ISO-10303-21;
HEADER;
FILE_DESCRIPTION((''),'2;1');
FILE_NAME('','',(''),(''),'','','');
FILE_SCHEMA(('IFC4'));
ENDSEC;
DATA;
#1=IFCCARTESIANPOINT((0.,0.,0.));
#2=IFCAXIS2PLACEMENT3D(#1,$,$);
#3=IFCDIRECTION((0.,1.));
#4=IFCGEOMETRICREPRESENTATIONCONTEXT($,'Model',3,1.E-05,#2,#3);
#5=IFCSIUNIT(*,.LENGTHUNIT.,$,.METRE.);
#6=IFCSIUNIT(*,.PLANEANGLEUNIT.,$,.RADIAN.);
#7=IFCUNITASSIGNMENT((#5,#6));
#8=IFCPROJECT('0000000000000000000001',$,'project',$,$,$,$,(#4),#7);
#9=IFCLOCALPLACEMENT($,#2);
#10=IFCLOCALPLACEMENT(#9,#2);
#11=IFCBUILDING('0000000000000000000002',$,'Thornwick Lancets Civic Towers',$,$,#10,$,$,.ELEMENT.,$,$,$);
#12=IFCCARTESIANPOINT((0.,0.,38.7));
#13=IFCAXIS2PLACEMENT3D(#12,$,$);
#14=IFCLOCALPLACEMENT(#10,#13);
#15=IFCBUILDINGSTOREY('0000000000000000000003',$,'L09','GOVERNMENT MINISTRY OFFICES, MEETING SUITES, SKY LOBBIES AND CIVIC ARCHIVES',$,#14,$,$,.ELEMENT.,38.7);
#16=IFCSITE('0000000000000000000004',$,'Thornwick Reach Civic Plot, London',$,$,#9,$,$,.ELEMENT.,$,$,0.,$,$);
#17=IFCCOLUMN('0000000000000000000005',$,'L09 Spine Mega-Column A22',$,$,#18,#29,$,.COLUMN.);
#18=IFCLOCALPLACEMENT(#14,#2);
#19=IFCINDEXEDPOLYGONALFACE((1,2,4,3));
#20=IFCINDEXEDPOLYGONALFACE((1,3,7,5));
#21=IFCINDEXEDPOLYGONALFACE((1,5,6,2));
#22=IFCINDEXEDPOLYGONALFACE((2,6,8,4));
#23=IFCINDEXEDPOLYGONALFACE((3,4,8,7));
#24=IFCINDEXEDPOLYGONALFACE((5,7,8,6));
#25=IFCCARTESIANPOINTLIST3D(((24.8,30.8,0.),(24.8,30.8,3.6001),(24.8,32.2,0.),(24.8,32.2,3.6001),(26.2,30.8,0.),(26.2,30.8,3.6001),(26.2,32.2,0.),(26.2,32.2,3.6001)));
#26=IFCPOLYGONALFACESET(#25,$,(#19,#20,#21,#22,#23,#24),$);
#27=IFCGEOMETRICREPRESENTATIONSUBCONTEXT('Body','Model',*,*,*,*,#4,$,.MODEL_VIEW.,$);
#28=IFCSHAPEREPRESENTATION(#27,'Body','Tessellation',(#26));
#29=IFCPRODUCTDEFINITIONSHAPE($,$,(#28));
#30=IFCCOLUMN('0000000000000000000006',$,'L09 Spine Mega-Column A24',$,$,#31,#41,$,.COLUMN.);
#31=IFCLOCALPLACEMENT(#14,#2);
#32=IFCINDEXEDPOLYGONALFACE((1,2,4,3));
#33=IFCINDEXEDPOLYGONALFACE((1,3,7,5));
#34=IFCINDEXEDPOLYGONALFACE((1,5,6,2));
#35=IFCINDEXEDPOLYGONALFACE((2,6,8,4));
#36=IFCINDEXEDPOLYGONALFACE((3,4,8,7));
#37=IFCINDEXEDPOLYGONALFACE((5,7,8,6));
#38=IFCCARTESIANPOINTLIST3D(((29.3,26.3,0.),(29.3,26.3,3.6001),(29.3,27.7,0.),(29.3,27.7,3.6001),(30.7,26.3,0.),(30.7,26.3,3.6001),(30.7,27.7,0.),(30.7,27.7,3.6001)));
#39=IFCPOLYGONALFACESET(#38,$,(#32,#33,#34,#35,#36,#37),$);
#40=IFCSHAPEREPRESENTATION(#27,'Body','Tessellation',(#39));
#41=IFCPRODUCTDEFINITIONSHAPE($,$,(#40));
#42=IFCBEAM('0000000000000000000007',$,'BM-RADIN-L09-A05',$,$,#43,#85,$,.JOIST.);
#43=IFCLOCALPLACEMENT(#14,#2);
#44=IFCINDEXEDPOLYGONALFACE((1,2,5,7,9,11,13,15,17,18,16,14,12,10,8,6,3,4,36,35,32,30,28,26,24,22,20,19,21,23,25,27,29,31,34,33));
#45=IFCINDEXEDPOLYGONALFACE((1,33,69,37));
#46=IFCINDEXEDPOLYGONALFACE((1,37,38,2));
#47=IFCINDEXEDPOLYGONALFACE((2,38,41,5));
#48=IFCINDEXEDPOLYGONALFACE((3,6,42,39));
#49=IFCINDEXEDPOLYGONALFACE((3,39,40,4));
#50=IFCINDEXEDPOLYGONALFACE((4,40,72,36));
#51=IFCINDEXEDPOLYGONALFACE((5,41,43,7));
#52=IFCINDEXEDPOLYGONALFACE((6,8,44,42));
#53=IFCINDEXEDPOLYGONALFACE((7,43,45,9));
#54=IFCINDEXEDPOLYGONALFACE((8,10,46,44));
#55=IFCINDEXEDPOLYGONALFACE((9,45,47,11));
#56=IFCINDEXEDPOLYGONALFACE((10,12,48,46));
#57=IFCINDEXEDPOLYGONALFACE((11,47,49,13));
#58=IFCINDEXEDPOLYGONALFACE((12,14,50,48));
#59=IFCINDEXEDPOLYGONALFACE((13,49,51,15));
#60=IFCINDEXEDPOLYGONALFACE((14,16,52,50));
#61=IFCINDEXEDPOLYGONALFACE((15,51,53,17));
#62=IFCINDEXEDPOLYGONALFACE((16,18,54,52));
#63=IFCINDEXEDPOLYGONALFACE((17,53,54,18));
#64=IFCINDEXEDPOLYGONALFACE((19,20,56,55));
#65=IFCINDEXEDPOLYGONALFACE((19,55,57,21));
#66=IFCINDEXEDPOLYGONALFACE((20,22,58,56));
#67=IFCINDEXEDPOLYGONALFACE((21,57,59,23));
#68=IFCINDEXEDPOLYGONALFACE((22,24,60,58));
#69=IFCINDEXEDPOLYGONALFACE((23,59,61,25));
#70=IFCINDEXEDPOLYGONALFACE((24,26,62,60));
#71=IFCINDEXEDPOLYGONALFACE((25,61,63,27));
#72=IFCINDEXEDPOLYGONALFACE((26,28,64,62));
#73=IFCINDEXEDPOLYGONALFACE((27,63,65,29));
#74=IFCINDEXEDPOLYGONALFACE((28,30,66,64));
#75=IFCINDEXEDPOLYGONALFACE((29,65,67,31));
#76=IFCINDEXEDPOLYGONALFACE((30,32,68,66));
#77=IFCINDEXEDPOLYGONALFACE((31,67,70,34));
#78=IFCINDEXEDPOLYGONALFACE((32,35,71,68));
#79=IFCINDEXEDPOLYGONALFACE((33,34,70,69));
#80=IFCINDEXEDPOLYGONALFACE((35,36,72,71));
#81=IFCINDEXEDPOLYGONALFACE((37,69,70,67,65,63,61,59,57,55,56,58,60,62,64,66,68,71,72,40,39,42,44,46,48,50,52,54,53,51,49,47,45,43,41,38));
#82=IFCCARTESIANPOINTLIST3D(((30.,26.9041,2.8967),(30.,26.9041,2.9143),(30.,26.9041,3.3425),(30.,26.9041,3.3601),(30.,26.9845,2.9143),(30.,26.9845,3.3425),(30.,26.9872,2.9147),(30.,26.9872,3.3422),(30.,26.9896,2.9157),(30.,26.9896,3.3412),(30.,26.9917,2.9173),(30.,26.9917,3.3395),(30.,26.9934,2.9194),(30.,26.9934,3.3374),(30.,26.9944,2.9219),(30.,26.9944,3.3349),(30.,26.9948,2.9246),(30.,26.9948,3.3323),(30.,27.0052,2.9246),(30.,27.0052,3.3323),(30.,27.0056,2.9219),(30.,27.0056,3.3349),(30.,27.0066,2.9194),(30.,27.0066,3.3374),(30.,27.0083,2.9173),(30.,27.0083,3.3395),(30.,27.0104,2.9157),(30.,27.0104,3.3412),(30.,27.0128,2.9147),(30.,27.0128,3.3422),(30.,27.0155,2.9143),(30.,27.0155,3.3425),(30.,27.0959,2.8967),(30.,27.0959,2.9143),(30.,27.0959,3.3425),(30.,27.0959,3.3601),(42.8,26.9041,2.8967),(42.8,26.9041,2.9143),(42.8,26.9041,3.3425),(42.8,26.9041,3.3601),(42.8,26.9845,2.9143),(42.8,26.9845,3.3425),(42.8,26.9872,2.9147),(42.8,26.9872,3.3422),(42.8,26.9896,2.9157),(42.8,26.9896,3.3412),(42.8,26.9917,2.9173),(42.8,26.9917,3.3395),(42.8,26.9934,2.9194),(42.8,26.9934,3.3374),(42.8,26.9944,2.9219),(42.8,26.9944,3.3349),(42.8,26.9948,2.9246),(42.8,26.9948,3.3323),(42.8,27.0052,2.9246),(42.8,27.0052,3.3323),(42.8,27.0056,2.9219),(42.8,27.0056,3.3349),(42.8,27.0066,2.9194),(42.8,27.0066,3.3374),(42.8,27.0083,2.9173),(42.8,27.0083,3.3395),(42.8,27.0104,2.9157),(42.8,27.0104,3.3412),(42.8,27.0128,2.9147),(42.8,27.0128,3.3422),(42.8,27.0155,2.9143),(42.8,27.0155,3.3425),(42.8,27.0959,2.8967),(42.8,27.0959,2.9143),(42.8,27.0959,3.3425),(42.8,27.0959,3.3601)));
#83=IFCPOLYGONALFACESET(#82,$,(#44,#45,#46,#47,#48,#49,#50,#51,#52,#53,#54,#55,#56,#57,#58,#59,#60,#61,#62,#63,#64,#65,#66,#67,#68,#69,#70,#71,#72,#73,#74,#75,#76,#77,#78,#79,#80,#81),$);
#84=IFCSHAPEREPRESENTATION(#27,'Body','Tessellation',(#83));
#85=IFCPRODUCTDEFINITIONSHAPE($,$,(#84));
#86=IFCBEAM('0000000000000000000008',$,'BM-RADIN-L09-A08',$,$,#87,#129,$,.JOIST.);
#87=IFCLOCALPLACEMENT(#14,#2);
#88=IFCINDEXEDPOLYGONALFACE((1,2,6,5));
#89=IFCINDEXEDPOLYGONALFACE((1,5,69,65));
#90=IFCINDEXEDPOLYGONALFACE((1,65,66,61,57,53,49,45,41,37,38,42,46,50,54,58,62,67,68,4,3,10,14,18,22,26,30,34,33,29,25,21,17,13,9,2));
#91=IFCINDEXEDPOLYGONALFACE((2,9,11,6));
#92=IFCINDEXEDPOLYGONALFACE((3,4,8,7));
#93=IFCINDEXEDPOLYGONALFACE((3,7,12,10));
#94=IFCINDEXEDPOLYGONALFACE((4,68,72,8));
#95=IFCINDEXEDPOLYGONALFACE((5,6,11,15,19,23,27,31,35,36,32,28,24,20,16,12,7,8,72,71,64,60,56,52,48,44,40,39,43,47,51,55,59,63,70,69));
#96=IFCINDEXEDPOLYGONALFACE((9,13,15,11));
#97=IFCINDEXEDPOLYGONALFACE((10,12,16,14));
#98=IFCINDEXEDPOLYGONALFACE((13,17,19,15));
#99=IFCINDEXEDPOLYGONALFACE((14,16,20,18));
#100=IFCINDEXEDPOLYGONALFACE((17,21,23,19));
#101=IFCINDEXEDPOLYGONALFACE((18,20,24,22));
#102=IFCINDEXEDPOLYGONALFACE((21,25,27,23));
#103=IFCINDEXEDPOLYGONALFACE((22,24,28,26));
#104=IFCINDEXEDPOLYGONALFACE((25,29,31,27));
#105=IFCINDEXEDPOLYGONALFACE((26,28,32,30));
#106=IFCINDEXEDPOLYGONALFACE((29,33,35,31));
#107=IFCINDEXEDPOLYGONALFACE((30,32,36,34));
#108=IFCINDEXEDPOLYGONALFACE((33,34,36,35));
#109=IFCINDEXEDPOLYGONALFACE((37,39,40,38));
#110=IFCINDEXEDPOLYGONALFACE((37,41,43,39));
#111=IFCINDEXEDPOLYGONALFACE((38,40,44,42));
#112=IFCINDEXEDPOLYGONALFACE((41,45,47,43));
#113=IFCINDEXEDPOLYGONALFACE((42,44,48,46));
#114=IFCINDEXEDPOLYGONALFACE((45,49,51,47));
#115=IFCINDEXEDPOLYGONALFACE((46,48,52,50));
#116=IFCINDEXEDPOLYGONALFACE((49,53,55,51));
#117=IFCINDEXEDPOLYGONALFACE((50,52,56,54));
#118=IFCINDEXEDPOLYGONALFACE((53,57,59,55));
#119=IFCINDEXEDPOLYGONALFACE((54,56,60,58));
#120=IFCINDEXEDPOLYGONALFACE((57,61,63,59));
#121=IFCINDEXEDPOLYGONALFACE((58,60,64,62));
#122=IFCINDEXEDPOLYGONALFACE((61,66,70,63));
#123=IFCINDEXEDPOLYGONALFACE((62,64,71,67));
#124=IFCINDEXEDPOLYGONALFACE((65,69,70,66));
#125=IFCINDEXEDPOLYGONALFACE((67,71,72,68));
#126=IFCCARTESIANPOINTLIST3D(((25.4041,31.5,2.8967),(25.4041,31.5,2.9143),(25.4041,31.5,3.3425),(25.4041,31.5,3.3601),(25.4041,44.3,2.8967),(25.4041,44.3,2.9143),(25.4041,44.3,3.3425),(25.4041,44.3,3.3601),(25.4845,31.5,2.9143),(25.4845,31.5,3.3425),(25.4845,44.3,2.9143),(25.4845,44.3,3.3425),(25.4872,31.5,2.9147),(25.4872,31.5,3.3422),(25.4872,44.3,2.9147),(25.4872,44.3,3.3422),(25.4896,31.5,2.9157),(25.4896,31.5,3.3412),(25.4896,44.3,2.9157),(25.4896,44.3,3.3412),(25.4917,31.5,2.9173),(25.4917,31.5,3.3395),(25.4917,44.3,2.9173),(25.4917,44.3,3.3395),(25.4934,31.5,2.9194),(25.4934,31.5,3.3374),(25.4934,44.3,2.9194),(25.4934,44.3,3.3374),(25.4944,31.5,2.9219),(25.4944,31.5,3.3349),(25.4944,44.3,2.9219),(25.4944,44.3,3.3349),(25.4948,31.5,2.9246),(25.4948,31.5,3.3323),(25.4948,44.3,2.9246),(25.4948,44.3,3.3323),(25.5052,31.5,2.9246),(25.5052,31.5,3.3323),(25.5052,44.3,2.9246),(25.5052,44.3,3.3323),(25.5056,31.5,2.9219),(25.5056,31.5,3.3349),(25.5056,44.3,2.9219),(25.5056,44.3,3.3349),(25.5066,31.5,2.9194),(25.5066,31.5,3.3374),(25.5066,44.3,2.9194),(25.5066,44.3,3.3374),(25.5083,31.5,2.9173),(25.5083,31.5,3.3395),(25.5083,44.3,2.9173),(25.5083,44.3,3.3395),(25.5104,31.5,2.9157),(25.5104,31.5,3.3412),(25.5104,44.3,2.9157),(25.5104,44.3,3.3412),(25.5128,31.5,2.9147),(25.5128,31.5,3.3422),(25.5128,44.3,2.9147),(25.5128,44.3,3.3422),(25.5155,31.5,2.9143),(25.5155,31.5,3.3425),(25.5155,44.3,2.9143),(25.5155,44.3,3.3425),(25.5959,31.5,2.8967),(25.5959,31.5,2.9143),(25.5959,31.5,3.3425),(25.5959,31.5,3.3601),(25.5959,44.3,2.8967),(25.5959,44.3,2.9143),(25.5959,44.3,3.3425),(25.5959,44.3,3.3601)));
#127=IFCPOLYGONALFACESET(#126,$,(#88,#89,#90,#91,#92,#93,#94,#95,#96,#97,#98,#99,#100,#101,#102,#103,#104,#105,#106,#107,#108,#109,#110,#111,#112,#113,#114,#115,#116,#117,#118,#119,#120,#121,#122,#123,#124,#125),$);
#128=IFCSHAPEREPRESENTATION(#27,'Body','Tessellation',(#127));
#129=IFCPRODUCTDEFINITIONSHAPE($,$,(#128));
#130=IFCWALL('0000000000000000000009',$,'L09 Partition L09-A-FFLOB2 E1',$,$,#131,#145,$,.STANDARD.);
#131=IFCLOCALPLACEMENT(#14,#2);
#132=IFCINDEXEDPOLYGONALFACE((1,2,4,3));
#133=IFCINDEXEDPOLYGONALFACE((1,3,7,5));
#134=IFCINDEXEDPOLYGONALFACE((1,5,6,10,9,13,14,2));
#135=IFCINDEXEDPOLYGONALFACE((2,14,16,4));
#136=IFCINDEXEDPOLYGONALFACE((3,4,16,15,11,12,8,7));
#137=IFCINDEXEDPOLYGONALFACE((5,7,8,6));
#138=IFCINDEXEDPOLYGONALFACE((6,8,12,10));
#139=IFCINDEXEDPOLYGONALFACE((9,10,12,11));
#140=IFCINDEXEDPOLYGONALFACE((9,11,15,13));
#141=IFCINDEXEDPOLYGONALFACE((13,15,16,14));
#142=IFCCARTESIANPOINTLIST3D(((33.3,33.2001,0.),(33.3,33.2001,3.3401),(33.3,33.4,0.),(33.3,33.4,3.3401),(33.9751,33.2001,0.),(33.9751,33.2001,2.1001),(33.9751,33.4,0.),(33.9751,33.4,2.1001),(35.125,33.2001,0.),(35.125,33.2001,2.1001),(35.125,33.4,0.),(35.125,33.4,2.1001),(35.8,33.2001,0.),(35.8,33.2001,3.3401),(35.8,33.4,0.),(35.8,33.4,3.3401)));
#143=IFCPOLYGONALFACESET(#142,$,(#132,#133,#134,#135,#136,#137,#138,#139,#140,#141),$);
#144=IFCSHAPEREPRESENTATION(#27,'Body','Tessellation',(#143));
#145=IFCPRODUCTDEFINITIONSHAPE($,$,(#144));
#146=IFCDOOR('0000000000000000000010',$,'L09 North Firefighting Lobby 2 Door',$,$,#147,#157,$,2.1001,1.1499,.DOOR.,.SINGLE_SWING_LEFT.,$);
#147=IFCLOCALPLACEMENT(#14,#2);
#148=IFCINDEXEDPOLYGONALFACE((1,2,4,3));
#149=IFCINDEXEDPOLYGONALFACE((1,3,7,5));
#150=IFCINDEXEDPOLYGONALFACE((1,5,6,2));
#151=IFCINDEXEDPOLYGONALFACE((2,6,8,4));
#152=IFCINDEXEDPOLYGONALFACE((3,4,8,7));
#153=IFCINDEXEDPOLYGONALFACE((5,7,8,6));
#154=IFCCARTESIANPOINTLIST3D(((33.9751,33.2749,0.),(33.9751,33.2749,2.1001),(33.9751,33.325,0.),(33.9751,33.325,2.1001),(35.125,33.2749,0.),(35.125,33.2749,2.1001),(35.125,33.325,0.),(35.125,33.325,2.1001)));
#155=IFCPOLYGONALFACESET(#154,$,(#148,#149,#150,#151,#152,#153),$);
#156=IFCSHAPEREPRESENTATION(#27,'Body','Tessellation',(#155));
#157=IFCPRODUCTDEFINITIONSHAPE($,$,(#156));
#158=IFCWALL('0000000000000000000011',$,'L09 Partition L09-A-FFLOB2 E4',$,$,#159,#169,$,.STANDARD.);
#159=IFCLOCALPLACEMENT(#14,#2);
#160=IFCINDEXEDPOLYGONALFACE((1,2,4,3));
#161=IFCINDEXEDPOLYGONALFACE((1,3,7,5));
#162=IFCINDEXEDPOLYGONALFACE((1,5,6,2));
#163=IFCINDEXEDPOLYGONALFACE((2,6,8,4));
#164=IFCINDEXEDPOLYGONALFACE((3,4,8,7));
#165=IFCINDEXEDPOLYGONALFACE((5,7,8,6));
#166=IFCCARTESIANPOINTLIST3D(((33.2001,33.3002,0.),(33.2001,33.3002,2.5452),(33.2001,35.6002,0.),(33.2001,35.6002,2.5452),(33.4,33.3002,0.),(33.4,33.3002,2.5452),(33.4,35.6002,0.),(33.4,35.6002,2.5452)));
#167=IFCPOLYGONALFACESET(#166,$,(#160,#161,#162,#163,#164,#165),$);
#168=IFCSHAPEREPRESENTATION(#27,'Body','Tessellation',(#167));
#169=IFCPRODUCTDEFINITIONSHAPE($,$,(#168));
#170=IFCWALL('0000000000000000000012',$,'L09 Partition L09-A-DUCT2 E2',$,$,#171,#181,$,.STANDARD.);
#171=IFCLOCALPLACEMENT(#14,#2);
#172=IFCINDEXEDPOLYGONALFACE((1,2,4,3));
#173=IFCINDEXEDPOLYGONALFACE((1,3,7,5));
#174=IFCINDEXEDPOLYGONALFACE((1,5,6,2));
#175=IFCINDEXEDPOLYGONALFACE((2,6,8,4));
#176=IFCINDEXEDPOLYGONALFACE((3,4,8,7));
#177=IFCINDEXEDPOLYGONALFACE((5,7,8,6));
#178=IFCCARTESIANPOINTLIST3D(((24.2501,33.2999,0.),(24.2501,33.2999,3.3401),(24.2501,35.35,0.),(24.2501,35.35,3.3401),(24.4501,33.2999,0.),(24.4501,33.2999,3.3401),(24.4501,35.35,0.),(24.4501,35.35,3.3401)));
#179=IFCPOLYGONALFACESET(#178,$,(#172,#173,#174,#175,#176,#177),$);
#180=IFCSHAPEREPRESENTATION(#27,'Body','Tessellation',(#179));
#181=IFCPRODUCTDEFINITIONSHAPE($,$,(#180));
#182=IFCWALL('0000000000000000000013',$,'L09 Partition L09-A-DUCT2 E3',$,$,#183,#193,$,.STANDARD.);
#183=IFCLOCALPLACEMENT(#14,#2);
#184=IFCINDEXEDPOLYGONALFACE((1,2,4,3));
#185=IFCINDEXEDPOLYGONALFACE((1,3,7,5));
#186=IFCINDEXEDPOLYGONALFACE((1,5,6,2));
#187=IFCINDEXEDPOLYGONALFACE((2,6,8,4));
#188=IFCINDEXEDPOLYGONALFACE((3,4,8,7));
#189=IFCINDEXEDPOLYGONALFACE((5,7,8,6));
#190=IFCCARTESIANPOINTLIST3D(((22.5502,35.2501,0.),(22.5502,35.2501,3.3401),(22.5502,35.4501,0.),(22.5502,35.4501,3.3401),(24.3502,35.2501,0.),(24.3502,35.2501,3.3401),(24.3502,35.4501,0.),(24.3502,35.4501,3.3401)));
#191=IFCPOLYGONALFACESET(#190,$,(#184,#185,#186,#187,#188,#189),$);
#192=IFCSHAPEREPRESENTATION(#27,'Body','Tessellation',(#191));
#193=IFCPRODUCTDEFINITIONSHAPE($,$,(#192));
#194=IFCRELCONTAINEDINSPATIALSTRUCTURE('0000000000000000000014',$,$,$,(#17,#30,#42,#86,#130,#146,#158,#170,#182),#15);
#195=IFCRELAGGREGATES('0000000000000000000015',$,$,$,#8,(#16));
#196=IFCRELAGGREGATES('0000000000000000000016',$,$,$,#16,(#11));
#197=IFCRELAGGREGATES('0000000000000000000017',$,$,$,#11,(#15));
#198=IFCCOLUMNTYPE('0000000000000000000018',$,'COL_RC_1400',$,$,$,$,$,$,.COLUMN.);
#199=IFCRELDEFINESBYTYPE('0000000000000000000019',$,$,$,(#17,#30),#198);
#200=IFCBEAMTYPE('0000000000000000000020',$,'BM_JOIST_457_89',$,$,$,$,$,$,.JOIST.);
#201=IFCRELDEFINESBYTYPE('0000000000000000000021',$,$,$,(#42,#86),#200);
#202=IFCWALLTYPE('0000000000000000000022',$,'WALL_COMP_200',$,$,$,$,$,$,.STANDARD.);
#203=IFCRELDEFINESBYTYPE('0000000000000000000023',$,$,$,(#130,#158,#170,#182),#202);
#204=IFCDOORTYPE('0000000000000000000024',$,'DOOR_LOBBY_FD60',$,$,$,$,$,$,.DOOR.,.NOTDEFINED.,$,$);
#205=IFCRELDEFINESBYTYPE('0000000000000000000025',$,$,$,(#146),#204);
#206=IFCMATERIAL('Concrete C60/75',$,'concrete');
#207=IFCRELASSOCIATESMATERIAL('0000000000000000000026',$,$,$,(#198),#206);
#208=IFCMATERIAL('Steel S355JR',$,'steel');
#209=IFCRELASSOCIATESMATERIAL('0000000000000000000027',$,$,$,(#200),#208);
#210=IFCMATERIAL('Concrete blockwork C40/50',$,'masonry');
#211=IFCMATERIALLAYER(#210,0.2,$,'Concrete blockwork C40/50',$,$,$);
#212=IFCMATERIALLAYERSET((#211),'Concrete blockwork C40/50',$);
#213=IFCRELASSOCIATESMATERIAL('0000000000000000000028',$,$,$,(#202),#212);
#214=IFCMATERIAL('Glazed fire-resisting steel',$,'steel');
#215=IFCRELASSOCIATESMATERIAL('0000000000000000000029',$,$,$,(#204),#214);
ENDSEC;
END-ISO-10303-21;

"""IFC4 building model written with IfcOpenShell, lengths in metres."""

from ifc_helpers import new_model, si_unit, direction, frame, frame_2d, origin, origin_2d, place, context, subcontext, project, spatial, rectangle, i_section, extrude, material, layer, layer_set, material_profile, profile_set, type_object, element, fill, save


model = new_model("IFC4")

# Units and contexts
model_context = context("Model", 3, precision=1e-05, world=origin(), true_north=direction((0.0, 1.0)))
body_context = subcontext(model_context, "Body", "Model", "MODEL_VIEW")
ifc_project = project(units=[si_unit("LENGTHUNIT", "METRE"), si_unit("PLANEANGLEUNIT", "RADIAN")], contexts=[model_context])

# Site, building, storey
site_placement = place(None, origin())
site = spatial("IfcSite", under=ifc_project, at=site_placement, Name="Thornwick Reach Civic Plot, London", CompositionType="ELEMENT", RefElevation=0.0)
building_placement = place(site_placement, origin())
building = spatial("IfcBuilding", under=site, at=building_placement, Name="Thornwick Lancets Civic Towers", CompositionType="ELEMENT")
storey_placement = place(building_placement, frame((0.0, 0.0, 38.7)))
storey = spatial("IfcBuildingStorey", under=building, at=storey_placement, Name="L09", Description="GOVERNMENT MINISTRY OFFICES, MEETING SUITES, SKY LOBBIES AND CIVIC ARCHIVES", CompositionType="ELEMENT", Elevation=38.7)

# Columns
ifc_material_1 = material(Name="Concrete C60/75", Category="concrete")
ifc_material_profile_1 = material_profile(ifc_material_1, rectangle(XDim=1.3999, YDim=1.3999, at=origin_2d()), Name="RC 1400x1400")
ifc_profile_set_1 = profile_set([ifc_material_profile_1], Name="Concrete C60/75")
column_type = type_object("IfcColumnType", Name="COL_RC_1400", PredefinedType="COLUMN", material=ifc_profile_set_1)
for number, where, z_axis, x_axis, name in (
    (1, (25.5, 31.5, 0.0), (0.0, 0.0, 1.0), (1.0, 0.0, 0.0), "L09 Spine Mega-Column A22"),
    (2, (30.0, 27.0, 0.0), (0.0, 0.0, 1.0), (1.0, 0.0, 0.0), "L09 Spine Mega-Column A24"),
):
    element("IfcColumn", number, at=place(storey_placement, frame(where, z_axis=z_axis, x_axis=x_axis)), inside=storey, type_object=column_type, Name=name, PredefinedType="COLUMN", context=body_context, shape_type="SweptSolid", body=[
        extrude(rectangle(XDim=1.3999, YDim=1.3999, at=origin_2d()), origin(), (0.0, 0.0, 1.0), 3.6001),
    ])

# Beams
ifc_material_2 = material(Name="Steel S355JR", Category="steel")
ifc_material_profile_2 = material_profile(ifc_material_2, i_section(OverallWidth=0.1919, OverallDepth=0.4634, WebThickness=0.0105, FlangeThickness=0.0176, FilletRadius=0.0103, at=origin_2d()), Name="UKB 457x191x89")
ifc_profile_set_2 = profile_set([ifc_material_profile_2], Name="Steel S355JR")
beam_type = type_object("IfcBeamType", Name="BM_JOIST_457_89", PredefinedType="JOIST", material=ifc_profile_set_2)
for number, where, z_axis, x_axis, name in (
    (3, (30.0, 27.0, 3.1284), (1.0, 0.0, 0.0), (0.0, 1.0, 0.0), "BM-RADIN-L09-A05"),
    (4, (25.5, 31.5, 3.1284), (0.0, 1.0, 0.0), (-1.0, 0.0, 0.0), "BM-RADIN-L09-A08"),
):
    element("IfcBeam", number, at=place(storey_placement, frame(where, z_axis=z_axis, x_axis=x_axis)), inside=storey, type_object=beam_type, Name=name, PredefinedType="JOIST", context=body_context, shape_type="SweptSolid", body=[
        extrude(i_section(OverallWidth=0.1919, OverallDepth=0.4634, WebThickness=0.0105, FlangeThickness=0.0176, FilletRadius=0.0103, at=origin_2d()), origin(), (0.0, 0.0, 1.0), 12.8),
    ])

# Wall, opening, door
ifc_material_3 = material(Name="Concrete blockwork C40/50", Category="masonry")
ifc_layer_1 = layer(ifc_material_3, 0.2, Name="Concrete blockwork C40/50")
ifc_layer_set_1 = layer_set([ifc_layer_1], Name="Concrete blockwork C40/50")
wall_type_1 = type_object("IfcWallType", Name="WALL_COMP_200", PredefinedType="STANDARD", material=ifc_layer_set_1)
wall_1_placement = place(storey_placement, frame((33.3, 33.3, 0.0), z_axis=(0.0, 0.0, 1.0), x_axis=(1.0, 0.0, 0.0)))
wall_1 = element("IfcWall", 5, at=wall_1_placement, inside=storey, type_object=wall_type_1, Name="L09 Partition L09-A-FFLOB2 E1", PredefinedType="STANDARD", context=body_context, shape_type="SweptSolid", body=[
    extrude(rectangle(XDim=2.5, YDim=0.2, at=frame_2d((1.25, 0.0))), origin(), (0.0, 0.0, 1.0), 3.3401),
])
opening_1_placement = place(wall_1_placement, frame((0.675, 0.0, 0.0)))
opening_1 = element("IfcOpeningElement", 6, at=opening_1_placement, cuts=wall_1, PredefinedType="OPENING", context=body_context, shape_type="SweptSolid", body=[
    extrude(rectangle(XDim=1.1499, YDim=2.1001, at=frame_2d((0.575, 1.05))), frame((0.0, 0.1099, 0.0), z_axis=(0.0, -1.0, 0.0), x_axis=(1.0, 0.0, 0.0)), (0.0, 0.0, 1.0), 0.22),
])
ifc_material_4 = material(Name="Glazed fire-resisting steel", Category="steel")
door_type_1 = type_object("IfcDoorType", Name="DOOR_LOBBY_FD60", OperationType="NOTDEFINED", PredefinedType="DOOR", material=ifc_material_4)
door_1_placement = place(opening_1_placement, origin())
door_1 = element("IfcDoor", 7, at=door_1_placement, inside=storey, type_object=door_type_1, Name="L09 North Firefighting Lobby 2 Door", OperationType="SINGLE_SWING_LEFT", OverallHeight=2.1001, OverallWidth=1.1499, PredefinedType="DOOR", context=body_context, shape_type="SweptSolid", body=[
    extrude(rectangle(XDim=1.1499, YDim=2.1001, at=frame_2d((0.575, 1.05))), frame((0.0, 0.0249, 0.0), z_axis=(0.0, -1.0, 0.0), x_axis=(1.0, 0.0, 0.0)), (0.0, 0.0, 1.0), 0.05),
])
fill(opening_1, door_1)

# Walls
wall_2_placement = place(storey_placement, frame((33.3, 35.6001, 0.0), z_axis=(0.0, 0.0, 1.0), x_axis=(0.0, -1.0, 0.0)))
element("IfcWall", 8, at=wall_2_placement, inside=storey, type_object=wall_type_1, Name="L09 Partition L09-A-FFLOB2 E4", PredefinedType="STANDARD", context=body_context, shape_type="SweptSolid", body=[
    extrude(rectangle(XDim=2.3, YDim=0.2, at=frame_2d((1.1499, 0.0))), origin(), (0.0, 0.0, 1.0), 2.5452),
])
wall_3_placement = place(storey_placement, frame((24.3501, 33.3, 0.0), z_axis=(0.0, 0.0, 1.0), x_axis=(0.0, 1.0, 0.0)))
element("IfcWall", 9, at=wall_3_placement, inside=storey, type_object=wall_type_1, Name="L09 Partition L09-A-DUCT2 E2", PredefinedType="STANDARD", context=body_context, shape_type="SweptSolid", body=[
    extrude(rectangle(XDim=2.05, YDim=0.2, at=frame_2d((1.0249, 0.0))), origin(), (0.0, 0.0, 1.0), 3.3401),
])
wall_4_placement = place(storey_placement, frame((24.3501, 35.3501, 0.0), z_axis=(0.0, 0.0, 1.0), x_axis=(-1.0, 0.0, 0.0)))
element("IfcWall", 10, at=wall_4_placement, inside=storey, type_object=wall_type_1, Name="L09 Partition L09-A-DUCT2 E3", PredefinedType="STANDARD", context=body_context, shape_type="SweptSolid", body=[
    extrude(rectangle(XDim=1.8, YDim=0.2, at=frame_2d((0.8999, 0.0))), origin(), (0.0, 0.0, 1.0), 3.3401),
])

save(model, "model.ifc")
